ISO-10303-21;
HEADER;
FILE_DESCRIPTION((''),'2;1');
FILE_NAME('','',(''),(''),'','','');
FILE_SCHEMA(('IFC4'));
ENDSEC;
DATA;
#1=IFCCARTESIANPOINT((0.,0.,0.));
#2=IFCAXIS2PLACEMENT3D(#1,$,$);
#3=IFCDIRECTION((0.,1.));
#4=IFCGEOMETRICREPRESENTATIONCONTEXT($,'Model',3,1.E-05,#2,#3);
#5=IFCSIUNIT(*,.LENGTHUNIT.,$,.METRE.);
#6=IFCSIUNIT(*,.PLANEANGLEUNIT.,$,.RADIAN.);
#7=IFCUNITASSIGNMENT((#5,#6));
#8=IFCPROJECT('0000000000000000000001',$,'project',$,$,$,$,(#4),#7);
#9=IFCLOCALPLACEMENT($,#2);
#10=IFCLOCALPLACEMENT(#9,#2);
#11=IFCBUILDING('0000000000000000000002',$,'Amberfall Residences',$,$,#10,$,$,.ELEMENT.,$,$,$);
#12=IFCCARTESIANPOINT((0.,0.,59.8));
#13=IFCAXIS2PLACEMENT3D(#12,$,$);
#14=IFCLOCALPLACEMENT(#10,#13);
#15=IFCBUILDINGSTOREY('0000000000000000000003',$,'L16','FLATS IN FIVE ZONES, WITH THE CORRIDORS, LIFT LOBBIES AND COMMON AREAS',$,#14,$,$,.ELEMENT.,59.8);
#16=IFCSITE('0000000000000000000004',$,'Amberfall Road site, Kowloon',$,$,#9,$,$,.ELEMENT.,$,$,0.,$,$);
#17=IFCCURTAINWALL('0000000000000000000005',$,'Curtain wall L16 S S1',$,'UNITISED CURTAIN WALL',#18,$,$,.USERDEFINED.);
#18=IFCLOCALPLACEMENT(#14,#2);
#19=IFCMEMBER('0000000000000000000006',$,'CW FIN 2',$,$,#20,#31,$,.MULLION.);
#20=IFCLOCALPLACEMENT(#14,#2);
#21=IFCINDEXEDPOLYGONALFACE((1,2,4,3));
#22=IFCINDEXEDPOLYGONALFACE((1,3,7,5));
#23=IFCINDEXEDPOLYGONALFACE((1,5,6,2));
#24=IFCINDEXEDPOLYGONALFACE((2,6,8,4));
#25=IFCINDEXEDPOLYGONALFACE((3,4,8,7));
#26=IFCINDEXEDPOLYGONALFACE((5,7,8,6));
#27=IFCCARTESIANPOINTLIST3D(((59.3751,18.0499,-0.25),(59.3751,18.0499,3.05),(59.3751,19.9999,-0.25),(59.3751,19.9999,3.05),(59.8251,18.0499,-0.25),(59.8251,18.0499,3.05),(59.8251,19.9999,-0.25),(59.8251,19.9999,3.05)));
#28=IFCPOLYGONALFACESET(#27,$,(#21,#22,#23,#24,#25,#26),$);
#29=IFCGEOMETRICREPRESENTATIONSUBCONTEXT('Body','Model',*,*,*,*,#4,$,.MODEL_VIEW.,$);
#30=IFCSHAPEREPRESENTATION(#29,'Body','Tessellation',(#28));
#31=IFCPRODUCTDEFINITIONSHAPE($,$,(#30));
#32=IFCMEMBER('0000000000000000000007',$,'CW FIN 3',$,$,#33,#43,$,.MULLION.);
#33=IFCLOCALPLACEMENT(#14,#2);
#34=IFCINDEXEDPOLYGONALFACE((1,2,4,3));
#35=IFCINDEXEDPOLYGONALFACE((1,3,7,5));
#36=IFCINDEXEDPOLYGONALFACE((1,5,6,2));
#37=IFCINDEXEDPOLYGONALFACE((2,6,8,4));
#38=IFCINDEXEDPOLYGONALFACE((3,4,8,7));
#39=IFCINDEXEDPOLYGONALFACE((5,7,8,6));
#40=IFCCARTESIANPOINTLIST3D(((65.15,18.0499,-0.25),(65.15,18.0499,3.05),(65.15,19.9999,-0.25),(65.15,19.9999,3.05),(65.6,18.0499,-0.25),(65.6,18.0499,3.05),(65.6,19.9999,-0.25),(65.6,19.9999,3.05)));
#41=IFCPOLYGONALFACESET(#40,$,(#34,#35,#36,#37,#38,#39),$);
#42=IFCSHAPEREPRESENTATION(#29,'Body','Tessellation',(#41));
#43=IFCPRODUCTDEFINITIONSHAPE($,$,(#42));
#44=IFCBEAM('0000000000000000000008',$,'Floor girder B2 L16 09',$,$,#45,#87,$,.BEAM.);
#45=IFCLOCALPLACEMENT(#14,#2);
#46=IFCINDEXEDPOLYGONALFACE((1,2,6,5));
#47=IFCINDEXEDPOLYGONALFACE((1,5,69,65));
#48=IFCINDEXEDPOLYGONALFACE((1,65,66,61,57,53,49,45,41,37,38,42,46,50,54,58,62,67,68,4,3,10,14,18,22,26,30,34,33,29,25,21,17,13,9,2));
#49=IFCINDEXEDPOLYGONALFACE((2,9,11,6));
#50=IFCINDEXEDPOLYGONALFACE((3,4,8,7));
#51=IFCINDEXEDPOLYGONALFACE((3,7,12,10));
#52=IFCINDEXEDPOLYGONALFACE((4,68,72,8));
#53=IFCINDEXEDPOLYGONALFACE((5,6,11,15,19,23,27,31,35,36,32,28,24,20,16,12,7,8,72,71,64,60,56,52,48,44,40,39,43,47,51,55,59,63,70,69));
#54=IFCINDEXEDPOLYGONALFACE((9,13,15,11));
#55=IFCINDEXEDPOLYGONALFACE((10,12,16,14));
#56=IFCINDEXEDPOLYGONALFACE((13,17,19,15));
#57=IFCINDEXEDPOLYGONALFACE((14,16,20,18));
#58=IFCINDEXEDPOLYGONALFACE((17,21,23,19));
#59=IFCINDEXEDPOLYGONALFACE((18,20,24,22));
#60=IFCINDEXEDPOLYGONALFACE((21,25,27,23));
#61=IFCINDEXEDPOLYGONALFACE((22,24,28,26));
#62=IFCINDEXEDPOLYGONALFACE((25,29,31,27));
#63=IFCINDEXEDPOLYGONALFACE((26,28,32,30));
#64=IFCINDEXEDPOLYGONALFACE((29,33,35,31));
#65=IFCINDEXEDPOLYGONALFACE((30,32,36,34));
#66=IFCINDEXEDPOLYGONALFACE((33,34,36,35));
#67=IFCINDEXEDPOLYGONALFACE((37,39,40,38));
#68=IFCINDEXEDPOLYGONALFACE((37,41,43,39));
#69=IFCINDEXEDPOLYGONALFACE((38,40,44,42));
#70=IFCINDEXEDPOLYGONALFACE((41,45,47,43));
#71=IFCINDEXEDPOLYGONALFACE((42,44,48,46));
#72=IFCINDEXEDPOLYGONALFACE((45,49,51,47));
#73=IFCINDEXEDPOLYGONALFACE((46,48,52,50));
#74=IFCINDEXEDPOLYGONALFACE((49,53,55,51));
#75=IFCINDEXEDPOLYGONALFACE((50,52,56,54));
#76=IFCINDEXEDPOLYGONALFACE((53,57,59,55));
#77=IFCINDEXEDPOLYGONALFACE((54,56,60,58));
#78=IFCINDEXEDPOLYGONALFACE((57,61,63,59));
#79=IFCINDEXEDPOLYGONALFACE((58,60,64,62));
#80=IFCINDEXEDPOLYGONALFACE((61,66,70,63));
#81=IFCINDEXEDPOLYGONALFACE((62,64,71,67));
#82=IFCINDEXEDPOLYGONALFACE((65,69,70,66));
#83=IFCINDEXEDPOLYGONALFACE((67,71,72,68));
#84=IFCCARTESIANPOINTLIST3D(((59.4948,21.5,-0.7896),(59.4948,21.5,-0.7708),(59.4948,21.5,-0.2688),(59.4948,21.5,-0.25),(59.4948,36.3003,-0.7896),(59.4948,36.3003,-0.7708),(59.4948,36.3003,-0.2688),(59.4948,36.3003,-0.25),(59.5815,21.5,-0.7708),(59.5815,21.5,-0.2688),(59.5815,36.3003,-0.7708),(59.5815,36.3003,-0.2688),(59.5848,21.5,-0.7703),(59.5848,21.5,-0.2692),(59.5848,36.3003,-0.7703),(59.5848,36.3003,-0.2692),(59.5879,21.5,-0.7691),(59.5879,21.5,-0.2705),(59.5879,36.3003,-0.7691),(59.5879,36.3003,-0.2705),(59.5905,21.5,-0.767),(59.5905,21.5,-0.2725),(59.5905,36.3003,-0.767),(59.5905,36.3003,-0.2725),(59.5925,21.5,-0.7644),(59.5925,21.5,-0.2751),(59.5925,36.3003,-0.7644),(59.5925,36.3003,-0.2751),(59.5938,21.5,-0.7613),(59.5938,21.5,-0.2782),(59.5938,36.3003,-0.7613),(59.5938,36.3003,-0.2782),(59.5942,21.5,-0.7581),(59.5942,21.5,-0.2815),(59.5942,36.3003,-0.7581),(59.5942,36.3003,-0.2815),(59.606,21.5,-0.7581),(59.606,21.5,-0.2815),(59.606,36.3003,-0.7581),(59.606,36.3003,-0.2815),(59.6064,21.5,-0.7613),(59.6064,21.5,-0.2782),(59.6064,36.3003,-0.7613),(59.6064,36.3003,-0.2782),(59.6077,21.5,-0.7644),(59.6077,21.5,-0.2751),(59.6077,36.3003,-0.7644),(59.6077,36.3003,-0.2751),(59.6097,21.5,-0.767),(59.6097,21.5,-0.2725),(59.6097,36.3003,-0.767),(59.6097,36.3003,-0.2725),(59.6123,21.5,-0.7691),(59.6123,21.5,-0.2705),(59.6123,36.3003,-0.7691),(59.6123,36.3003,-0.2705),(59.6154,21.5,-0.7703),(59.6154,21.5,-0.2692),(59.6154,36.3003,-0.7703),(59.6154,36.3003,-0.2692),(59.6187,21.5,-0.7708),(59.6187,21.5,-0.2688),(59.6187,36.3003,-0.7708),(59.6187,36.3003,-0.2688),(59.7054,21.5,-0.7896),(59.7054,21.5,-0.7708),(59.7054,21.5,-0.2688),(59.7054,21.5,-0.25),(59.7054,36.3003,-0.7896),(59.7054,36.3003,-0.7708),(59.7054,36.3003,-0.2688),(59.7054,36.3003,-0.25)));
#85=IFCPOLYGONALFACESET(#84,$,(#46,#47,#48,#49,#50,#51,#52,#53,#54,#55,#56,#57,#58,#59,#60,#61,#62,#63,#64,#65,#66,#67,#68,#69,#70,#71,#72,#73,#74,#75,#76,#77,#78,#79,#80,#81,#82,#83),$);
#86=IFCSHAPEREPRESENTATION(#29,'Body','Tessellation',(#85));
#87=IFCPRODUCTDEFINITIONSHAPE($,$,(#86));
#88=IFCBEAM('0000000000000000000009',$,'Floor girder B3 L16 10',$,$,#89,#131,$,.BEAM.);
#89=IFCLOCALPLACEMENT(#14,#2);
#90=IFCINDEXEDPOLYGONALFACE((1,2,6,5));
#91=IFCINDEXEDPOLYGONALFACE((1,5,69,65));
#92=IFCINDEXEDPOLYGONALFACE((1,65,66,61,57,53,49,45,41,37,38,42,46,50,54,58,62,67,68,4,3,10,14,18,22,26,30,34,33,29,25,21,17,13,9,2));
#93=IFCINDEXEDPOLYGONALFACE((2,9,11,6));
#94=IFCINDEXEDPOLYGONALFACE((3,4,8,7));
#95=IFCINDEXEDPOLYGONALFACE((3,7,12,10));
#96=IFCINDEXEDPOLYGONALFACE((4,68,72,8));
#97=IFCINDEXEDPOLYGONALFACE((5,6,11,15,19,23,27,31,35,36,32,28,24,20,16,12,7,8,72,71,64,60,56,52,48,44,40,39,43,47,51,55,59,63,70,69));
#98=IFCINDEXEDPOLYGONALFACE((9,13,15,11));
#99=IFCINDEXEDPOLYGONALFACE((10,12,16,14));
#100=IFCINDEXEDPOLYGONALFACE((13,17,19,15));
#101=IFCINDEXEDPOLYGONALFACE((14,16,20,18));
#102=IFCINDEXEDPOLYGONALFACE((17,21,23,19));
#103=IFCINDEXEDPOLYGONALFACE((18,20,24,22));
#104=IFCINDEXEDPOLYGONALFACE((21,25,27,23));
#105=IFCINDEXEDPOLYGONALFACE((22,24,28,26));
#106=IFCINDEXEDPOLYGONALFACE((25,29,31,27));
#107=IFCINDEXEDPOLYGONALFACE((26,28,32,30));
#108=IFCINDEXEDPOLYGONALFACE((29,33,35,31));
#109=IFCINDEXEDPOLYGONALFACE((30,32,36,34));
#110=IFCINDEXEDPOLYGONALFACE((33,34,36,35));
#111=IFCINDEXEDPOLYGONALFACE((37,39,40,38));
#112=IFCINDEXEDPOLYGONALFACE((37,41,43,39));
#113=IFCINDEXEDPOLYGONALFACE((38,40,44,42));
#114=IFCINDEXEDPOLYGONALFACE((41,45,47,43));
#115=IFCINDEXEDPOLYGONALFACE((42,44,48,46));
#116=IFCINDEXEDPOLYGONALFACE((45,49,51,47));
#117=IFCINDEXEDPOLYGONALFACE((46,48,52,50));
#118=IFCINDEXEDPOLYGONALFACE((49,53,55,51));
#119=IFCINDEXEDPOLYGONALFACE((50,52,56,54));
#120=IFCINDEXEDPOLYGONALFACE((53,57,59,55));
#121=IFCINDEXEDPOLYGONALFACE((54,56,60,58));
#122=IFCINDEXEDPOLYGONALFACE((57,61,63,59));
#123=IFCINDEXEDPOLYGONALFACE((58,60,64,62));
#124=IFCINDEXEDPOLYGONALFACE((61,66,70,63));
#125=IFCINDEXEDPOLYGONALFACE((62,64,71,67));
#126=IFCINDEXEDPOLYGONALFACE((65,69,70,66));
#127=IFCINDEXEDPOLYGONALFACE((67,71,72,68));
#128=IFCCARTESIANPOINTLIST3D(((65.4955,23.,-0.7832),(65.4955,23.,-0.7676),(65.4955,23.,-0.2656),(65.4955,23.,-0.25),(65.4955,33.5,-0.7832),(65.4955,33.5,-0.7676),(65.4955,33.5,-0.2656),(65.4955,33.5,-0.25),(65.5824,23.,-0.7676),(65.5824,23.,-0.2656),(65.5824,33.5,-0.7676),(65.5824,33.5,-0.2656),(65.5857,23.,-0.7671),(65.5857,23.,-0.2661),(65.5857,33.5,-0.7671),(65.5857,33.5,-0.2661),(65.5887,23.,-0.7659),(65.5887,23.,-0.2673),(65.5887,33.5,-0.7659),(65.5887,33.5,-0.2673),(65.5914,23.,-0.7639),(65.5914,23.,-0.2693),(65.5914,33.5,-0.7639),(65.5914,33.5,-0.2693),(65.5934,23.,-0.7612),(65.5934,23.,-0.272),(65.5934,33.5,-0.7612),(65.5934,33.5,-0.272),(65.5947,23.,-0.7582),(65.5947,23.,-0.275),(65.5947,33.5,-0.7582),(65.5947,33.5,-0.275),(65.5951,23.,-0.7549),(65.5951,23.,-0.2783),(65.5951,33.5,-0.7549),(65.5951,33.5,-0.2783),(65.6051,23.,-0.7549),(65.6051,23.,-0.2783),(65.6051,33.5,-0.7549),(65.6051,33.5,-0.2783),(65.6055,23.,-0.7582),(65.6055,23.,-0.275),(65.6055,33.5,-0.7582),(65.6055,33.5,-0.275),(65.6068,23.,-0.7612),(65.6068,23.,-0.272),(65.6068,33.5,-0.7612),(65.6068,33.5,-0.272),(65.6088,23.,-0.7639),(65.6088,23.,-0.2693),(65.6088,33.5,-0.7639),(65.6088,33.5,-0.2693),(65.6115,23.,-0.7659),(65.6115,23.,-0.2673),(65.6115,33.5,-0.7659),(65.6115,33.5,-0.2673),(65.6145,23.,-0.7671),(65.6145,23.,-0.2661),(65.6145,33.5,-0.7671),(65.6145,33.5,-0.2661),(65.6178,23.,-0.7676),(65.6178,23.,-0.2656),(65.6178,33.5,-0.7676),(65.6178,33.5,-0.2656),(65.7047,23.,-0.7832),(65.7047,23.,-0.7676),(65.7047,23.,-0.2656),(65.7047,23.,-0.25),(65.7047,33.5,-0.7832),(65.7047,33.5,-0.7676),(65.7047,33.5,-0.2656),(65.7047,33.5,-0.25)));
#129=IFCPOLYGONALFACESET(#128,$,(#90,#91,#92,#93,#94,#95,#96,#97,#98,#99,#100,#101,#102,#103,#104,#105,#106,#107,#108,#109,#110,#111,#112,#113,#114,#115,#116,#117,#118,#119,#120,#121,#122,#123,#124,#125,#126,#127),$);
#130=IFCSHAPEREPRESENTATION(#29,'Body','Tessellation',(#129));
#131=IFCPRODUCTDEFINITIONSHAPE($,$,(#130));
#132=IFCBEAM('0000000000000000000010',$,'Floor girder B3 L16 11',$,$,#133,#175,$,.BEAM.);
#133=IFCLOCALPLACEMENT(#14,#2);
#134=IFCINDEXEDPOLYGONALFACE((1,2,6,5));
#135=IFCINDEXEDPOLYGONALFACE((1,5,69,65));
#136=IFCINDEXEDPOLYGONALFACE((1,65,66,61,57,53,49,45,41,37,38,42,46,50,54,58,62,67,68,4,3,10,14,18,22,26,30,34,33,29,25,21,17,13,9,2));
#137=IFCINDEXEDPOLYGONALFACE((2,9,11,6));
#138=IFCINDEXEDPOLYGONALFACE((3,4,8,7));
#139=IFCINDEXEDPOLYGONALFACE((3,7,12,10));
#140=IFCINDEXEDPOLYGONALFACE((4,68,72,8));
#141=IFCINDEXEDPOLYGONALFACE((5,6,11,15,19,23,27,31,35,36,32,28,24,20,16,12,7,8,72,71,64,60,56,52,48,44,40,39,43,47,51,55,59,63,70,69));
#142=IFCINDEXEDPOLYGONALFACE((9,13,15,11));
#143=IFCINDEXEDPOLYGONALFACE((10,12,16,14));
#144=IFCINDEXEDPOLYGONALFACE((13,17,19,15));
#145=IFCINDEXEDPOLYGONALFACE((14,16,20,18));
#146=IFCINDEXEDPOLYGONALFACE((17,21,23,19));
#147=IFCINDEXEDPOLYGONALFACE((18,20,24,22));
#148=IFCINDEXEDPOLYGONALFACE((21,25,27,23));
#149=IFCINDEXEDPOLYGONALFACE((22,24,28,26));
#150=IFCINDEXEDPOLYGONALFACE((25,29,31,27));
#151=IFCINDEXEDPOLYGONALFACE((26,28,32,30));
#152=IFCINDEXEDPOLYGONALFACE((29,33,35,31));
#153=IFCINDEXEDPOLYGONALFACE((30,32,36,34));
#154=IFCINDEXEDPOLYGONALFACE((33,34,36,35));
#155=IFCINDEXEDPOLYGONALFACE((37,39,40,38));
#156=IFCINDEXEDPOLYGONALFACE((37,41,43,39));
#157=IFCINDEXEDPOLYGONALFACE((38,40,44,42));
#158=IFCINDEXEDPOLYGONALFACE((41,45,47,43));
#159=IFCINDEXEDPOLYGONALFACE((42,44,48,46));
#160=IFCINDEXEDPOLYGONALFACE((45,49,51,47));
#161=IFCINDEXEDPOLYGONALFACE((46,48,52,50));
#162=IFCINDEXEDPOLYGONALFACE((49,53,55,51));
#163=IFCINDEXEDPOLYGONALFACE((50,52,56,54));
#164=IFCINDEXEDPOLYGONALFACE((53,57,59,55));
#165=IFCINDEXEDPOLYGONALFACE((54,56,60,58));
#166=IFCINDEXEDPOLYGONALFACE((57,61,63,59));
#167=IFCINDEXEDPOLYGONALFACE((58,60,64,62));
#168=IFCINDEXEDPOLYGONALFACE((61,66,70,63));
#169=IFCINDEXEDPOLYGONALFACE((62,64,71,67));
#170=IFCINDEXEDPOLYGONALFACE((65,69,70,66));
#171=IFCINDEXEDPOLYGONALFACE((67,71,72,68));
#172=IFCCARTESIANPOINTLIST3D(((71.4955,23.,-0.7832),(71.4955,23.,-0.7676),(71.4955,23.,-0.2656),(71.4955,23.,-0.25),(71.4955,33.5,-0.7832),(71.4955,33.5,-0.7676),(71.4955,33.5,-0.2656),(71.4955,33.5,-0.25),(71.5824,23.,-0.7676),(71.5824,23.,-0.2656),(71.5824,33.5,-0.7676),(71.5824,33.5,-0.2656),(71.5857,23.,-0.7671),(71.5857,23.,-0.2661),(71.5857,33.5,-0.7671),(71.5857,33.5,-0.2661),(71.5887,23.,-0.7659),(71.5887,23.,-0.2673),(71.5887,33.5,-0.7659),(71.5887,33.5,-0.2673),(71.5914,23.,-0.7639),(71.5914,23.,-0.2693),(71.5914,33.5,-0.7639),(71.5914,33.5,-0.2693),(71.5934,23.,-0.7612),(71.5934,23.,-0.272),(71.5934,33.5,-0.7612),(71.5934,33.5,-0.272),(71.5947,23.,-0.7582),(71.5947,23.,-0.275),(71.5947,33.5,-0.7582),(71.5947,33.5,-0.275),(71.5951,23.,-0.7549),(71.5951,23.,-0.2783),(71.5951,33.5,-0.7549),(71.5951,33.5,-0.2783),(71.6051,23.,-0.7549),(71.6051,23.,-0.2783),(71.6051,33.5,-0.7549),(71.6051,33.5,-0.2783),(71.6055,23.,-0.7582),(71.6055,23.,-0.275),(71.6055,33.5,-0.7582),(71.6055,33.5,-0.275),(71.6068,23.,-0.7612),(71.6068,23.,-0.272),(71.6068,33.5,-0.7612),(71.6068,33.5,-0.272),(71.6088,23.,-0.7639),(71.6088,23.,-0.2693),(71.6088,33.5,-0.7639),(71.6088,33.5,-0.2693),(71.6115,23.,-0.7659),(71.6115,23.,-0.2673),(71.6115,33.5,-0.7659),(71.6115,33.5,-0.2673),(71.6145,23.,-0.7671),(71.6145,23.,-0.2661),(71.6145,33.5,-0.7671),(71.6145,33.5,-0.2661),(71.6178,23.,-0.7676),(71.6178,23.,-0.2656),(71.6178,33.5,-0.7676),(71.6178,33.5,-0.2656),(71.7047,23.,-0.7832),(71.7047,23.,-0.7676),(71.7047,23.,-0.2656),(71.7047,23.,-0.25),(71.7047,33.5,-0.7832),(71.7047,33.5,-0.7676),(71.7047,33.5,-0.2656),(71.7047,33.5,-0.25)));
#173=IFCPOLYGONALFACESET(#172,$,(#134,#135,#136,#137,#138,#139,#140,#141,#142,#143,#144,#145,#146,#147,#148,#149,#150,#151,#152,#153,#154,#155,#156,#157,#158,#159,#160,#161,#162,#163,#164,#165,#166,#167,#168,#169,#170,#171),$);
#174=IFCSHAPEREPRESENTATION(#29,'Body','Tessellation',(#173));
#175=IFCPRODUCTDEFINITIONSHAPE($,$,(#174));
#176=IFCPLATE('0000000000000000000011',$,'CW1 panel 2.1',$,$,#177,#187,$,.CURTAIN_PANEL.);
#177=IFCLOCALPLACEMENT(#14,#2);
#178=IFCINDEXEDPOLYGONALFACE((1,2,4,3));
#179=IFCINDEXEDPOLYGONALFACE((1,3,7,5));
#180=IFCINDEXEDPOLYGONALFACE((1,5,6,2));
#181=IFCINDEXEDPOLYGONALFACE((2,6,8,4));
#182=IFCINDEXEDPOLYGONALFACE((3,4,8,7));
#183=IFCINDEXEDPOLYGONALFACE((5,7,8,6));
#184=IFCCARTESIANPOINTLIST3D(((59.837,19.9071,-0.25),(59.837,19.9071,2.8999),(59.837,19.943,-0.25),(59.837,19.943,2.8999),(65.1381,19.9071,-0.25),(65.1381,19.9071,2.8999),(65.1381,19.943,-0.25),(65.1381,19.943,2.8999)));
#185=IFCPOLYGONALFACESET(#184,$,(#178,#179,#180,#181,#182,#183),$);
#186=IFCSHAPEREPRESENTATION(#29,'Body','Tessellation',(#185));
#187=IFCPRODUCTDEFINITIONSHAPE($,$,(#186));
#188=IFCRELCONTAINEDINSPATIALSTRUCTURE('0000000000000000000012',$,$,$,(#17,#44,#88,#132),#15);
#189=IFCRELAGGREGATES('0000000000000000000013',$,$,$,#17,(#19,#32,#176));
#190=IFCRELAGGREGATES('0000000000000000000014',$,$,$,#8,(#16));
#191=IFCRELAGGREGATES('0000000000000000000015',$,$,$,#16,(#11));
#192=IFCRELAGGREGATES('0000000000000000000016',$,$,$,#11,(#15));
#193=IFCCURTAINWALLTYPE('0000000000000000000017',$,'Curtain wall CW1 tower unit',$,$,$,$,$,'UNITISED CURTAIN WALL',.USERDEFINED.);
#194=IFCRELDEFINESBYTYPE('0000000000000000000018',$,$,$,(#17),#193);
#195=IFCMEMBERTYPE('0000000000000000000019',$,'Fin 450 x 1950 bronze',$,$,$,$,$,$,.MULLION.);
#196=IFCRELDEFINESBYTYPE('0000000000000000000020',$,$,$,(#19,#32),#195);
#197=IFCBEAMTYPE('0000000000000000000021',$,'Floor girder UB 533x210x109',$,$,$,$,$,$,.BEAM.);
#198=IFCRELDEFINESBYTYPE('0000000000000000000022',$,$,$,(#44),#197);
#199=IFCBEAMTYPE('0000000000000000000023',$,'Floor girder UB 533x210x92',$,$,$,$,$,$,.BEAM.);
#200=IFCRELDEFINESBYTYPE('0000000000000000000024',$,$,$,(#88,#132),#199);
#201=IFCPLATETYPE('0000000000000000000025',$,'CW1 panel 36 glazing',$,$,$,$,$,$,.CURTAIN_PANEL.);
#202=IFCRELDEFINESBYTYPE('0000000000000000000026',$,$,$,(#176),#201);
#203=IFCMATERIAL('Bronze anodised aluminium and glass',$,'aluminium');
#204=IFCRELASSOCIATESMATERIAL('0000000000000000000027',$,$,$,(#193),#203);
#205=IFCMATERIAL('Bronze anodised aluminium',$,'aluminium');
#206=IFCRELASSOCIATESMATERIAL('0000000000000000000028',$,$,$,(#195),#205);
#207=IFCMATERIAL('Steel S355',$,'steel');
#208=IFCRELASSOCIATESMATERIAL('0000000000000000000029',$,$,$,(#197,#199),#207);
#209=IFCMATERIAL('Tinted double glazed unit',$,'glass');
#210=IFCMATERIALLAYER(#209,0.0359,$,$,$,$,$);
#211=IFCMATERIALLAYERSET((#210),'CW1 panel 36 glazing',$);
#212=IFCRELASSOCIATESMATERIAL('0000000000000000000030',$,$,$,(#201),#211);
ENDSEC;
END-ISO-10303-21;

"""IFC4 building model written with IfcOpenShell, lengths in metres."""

from ifc_helpers import new_model, si_unit, direction, frame, origin, origin_2d, place, context, subcontext, project, spatial, rectangle, i_section, extrude, material, layer, layer_set, material_profile, profile_set, type_object, element, aggregate, save


model = new_model("IFC4")

# Units and contexts
model_context = context("Model", 3, precision=1e-05, world=origin(), true_north=direction((0.0, 1.0)))
body_context = subcontext(model_context, "Body", "Model", "MODEL_VIEW")
ifc_project = project(units=[si_unit("LENGTHUNIT", "METRE"), si_unit("PLANEANGLEUNIT", "RADIAN")], contexts=[model_context])

# Site, building, storey
site_placement = place(None, origin())
site = spatial("IfcSite", under=ifc_project, at=site_placement, Name="Amberfall Road site, Kowloon", CompositionType="ELEMENT", RefElevation=0.0)
building_placement = place(site_placement, origin())
building = spatial("IfcBuilding", under=site, at=building_placement, Name="Amberfall Residences", CompositionType="ELEMENT")
storey_placement = place(building_placement, frame((0.0, 0.0, 59.8)))
storey = spatial("IfcBuildingStorey", under=building, at=storey_placement, Name="L16", Description="FLATS IN FIVE ZONES, WITH THE CORRIDORS, LIFT LOBBIES AND COMMON AREAS", CompositionType="ELEMENT", Elevation=59.8)

# Curtain wall
ifc_material_1 = material(Name="Bronze anodised aluminium and glass", Category="aluminium")
curtain_wall_type = type_object("IfcCurtainWallType", Name="Curtain wall CW1 tower unit", ElementType="UNITISED CURTAIN WALL", PredefinedType="USERDEFINED", material=ifc_material_1)
curtain_wall_placement = place(storey_placement, origin())
curtain_wall = element("IfcCurtainWall", 1, at=curtain_wall_placement, inside=storey, type_object=curtain_wall_type, Name="Curtain wall L16 S S1", ObjectType="UNITISED CURTAIN WALL", PredefinedType="USERDEFINED")
ifc_material_2 = material(Name="Bronze anodised aluminium", Category="aluminium")

# Shared definitions
ifc_material_3 = material(Name="Steel S355", Category="steel")

# Members
ifc_material_profile_1 = material_profile(ifc_material_2, rectangle(XDim=1.95, YDim=0.45, at=origin_2d()), Name="Fin 450 x 1950 bronze")
ifc_profile_set_1 = profile_set([ifc_material_profile_1], Name="Bronze anodised aluminium")
member_type_1 = type_object("IfcMemberType", Name="Fin 450 x 1950 bronze", PredefinedType="MULLION", material=ifc_profile_set_1)
member_1_placement = place(storey_placement, frame((59.6001, 19.0249, -0.25), z_axis=(0.0, 0.0, 1.0), x_axis=(0.0, 1.0, 0.0)))
member_1 = element("IfcMember", 2, at=member_1_placement, type_object=member_type_1, Name="CW FIN 2", PredefinedType="MULLION", context=body_context, shape_type="SweptSolid", body=[
    extrude(rectangle(XDim=1.95, YDim=0.45, at=origin_2d()), origin(), (0.0, 0.0, 1.0), 3.3),
])
member_2_placement = place(storey_placement, frame((65.375, 19.0249, -0.25), z_axis=(0.0, 0.0, 1.0), x_axis=(0.0, 1.0, 0.0)))
member_2 = element("IfcMember", 3, at=member_2_placement, type_object=member_type_1, Name="CW FIN 3", PredefinedType="MULLION", context=body_context, shape_type="SweptSolid", body=[
    extrude(rectangle(XDim=1.95, YDim=0.45, at=origin_2d()), origin(), (0.0, 0.0, 1.0), 3.3),
])

# Beams
ifc_material_profile_2 = material_profile(ifc_material_3, i_section(OverallWidth=0.2107, OverallDepth=0.5396, WebThickness=0.0117, FlangeThickness=0.0188, FilletRadius=0.0127, at=origin_2d()), Name="UB 533x210x109")
ifc_profile_set_2 = profile_set([ifc_material_profile_2], Name="Steel S355")
beam_type_1 = type_object("IfcBeamType", Name="Floor girder UB 533x210x109", PredefinedType="BEAM", material=ifc_profile_set_2)
beam_1_placement = place(storey_placement, frame((59.6001, 21.5, -0.5198), z_axis=(0.0, 1.0, 0.0), x_axis=(-1.0, 0.0, 0.0)))
element("IfcBeam", 4, at=beam_1_placement, inside=storey, type_object=beam_type_1, Name="Floor girder B2 L16 09", PredefinedType="BEAM", context=body_context, shape_type="SweptSolid", body=[
    extrude(i_section(OverallWidth=0.2107, OverallDepth=0.5396, WebThickness=0.0117, FlangeThickness=0.0188, FilletRadius=0.0127, at=origin_2d()), origin(), (0.0, 0.0, 1.0), 14.8003),
])
ifc_material_profile_3 = material_profile(ifc_material_3, i_section(OverallWidth=0.2092, OverallDepth=0.5332, WebThickness=0.01, FlangeThickness=0.0156, FilletRadius=0.0127, at=origin_2d()), Name="UB 533x210x92")
ifc_profile_set_3 = profile_set([ifc_material_profile_3], Name="Steel S355")
beam_type_2 = type_object("IfcBeamType", Name="Floor girder UB 533x210x92", PredefinedType="BEAM", material=ifc_profile_set_3)
for number, where, z_axis, x_axis, name in (
    (5, (65.6001, 23.0, -0.5166), (0.0, 1.0, 0.0), (-1.0, 0.0, 0.0), "Floor girder B3 L16 10"),
    (6, (71.6001, 23.0, -0.5166), (0.0, 1.0, 0.0), (-1.0, 0.0, 0.0), "Floor girder B3 L16 11"),
):
    element("IfcBeam", number, at=place(storey_placement, frame(where, z_axis=z_axis, x_axis=x_axis)), inside=storey, type_object=beam_type_2, Name=name, PredefinedType="BEAM", context=body_context, shape_type="SweptSolid", body=[
        extrude(i_section(OverallWidth=0.2092, OverallDepth=0.5332, WebThickness=0.01, FlangeThickness=0.0156, FilletRadius=0.0127, at=origin_2d()), origin(), (0.0, 0.0, 1.0), 10.5),
    ])

# Plate
ifc_material_4 = material(Name="Tinted double glazed unit", Category="glass")
ifc_layer_1 = layer(ifc_material_4, 0.0359)
ifc_layer_set_1 = layer_set([ifc_layer_1], Name="CW1 panel 36 glazing")
plate_type = type_object("IfcPlateType", Name="CW1 panel 36 glazing", PredefinedType="CURTAIN_PANEL", material=ifc_layer_set_1)
plate_placement = place(storey_placement, frame((62.4875, 19.925, -0.25), z_axis=(0.0, 0.0, 1.0), x_axis=(1.0, 0.0, 0.0)))
plate = element("IfcPlate", 7, at=plate_placement, type_object=plate_type, Name="CW1 panel 2.1", PredefinedType="CURTAIN_PANEL", context=body_context, shape_type="SweptSolid", body=[
    extrude(rectangle(XDim=5.301, YDim=0.0359, at=origin_2d()), origin(), (0.0, 0.0, 1.0), 3.1499),
])
aggregate(curtain_wall, [member_1, member_2, plate])

save(model, "model.ifc")
